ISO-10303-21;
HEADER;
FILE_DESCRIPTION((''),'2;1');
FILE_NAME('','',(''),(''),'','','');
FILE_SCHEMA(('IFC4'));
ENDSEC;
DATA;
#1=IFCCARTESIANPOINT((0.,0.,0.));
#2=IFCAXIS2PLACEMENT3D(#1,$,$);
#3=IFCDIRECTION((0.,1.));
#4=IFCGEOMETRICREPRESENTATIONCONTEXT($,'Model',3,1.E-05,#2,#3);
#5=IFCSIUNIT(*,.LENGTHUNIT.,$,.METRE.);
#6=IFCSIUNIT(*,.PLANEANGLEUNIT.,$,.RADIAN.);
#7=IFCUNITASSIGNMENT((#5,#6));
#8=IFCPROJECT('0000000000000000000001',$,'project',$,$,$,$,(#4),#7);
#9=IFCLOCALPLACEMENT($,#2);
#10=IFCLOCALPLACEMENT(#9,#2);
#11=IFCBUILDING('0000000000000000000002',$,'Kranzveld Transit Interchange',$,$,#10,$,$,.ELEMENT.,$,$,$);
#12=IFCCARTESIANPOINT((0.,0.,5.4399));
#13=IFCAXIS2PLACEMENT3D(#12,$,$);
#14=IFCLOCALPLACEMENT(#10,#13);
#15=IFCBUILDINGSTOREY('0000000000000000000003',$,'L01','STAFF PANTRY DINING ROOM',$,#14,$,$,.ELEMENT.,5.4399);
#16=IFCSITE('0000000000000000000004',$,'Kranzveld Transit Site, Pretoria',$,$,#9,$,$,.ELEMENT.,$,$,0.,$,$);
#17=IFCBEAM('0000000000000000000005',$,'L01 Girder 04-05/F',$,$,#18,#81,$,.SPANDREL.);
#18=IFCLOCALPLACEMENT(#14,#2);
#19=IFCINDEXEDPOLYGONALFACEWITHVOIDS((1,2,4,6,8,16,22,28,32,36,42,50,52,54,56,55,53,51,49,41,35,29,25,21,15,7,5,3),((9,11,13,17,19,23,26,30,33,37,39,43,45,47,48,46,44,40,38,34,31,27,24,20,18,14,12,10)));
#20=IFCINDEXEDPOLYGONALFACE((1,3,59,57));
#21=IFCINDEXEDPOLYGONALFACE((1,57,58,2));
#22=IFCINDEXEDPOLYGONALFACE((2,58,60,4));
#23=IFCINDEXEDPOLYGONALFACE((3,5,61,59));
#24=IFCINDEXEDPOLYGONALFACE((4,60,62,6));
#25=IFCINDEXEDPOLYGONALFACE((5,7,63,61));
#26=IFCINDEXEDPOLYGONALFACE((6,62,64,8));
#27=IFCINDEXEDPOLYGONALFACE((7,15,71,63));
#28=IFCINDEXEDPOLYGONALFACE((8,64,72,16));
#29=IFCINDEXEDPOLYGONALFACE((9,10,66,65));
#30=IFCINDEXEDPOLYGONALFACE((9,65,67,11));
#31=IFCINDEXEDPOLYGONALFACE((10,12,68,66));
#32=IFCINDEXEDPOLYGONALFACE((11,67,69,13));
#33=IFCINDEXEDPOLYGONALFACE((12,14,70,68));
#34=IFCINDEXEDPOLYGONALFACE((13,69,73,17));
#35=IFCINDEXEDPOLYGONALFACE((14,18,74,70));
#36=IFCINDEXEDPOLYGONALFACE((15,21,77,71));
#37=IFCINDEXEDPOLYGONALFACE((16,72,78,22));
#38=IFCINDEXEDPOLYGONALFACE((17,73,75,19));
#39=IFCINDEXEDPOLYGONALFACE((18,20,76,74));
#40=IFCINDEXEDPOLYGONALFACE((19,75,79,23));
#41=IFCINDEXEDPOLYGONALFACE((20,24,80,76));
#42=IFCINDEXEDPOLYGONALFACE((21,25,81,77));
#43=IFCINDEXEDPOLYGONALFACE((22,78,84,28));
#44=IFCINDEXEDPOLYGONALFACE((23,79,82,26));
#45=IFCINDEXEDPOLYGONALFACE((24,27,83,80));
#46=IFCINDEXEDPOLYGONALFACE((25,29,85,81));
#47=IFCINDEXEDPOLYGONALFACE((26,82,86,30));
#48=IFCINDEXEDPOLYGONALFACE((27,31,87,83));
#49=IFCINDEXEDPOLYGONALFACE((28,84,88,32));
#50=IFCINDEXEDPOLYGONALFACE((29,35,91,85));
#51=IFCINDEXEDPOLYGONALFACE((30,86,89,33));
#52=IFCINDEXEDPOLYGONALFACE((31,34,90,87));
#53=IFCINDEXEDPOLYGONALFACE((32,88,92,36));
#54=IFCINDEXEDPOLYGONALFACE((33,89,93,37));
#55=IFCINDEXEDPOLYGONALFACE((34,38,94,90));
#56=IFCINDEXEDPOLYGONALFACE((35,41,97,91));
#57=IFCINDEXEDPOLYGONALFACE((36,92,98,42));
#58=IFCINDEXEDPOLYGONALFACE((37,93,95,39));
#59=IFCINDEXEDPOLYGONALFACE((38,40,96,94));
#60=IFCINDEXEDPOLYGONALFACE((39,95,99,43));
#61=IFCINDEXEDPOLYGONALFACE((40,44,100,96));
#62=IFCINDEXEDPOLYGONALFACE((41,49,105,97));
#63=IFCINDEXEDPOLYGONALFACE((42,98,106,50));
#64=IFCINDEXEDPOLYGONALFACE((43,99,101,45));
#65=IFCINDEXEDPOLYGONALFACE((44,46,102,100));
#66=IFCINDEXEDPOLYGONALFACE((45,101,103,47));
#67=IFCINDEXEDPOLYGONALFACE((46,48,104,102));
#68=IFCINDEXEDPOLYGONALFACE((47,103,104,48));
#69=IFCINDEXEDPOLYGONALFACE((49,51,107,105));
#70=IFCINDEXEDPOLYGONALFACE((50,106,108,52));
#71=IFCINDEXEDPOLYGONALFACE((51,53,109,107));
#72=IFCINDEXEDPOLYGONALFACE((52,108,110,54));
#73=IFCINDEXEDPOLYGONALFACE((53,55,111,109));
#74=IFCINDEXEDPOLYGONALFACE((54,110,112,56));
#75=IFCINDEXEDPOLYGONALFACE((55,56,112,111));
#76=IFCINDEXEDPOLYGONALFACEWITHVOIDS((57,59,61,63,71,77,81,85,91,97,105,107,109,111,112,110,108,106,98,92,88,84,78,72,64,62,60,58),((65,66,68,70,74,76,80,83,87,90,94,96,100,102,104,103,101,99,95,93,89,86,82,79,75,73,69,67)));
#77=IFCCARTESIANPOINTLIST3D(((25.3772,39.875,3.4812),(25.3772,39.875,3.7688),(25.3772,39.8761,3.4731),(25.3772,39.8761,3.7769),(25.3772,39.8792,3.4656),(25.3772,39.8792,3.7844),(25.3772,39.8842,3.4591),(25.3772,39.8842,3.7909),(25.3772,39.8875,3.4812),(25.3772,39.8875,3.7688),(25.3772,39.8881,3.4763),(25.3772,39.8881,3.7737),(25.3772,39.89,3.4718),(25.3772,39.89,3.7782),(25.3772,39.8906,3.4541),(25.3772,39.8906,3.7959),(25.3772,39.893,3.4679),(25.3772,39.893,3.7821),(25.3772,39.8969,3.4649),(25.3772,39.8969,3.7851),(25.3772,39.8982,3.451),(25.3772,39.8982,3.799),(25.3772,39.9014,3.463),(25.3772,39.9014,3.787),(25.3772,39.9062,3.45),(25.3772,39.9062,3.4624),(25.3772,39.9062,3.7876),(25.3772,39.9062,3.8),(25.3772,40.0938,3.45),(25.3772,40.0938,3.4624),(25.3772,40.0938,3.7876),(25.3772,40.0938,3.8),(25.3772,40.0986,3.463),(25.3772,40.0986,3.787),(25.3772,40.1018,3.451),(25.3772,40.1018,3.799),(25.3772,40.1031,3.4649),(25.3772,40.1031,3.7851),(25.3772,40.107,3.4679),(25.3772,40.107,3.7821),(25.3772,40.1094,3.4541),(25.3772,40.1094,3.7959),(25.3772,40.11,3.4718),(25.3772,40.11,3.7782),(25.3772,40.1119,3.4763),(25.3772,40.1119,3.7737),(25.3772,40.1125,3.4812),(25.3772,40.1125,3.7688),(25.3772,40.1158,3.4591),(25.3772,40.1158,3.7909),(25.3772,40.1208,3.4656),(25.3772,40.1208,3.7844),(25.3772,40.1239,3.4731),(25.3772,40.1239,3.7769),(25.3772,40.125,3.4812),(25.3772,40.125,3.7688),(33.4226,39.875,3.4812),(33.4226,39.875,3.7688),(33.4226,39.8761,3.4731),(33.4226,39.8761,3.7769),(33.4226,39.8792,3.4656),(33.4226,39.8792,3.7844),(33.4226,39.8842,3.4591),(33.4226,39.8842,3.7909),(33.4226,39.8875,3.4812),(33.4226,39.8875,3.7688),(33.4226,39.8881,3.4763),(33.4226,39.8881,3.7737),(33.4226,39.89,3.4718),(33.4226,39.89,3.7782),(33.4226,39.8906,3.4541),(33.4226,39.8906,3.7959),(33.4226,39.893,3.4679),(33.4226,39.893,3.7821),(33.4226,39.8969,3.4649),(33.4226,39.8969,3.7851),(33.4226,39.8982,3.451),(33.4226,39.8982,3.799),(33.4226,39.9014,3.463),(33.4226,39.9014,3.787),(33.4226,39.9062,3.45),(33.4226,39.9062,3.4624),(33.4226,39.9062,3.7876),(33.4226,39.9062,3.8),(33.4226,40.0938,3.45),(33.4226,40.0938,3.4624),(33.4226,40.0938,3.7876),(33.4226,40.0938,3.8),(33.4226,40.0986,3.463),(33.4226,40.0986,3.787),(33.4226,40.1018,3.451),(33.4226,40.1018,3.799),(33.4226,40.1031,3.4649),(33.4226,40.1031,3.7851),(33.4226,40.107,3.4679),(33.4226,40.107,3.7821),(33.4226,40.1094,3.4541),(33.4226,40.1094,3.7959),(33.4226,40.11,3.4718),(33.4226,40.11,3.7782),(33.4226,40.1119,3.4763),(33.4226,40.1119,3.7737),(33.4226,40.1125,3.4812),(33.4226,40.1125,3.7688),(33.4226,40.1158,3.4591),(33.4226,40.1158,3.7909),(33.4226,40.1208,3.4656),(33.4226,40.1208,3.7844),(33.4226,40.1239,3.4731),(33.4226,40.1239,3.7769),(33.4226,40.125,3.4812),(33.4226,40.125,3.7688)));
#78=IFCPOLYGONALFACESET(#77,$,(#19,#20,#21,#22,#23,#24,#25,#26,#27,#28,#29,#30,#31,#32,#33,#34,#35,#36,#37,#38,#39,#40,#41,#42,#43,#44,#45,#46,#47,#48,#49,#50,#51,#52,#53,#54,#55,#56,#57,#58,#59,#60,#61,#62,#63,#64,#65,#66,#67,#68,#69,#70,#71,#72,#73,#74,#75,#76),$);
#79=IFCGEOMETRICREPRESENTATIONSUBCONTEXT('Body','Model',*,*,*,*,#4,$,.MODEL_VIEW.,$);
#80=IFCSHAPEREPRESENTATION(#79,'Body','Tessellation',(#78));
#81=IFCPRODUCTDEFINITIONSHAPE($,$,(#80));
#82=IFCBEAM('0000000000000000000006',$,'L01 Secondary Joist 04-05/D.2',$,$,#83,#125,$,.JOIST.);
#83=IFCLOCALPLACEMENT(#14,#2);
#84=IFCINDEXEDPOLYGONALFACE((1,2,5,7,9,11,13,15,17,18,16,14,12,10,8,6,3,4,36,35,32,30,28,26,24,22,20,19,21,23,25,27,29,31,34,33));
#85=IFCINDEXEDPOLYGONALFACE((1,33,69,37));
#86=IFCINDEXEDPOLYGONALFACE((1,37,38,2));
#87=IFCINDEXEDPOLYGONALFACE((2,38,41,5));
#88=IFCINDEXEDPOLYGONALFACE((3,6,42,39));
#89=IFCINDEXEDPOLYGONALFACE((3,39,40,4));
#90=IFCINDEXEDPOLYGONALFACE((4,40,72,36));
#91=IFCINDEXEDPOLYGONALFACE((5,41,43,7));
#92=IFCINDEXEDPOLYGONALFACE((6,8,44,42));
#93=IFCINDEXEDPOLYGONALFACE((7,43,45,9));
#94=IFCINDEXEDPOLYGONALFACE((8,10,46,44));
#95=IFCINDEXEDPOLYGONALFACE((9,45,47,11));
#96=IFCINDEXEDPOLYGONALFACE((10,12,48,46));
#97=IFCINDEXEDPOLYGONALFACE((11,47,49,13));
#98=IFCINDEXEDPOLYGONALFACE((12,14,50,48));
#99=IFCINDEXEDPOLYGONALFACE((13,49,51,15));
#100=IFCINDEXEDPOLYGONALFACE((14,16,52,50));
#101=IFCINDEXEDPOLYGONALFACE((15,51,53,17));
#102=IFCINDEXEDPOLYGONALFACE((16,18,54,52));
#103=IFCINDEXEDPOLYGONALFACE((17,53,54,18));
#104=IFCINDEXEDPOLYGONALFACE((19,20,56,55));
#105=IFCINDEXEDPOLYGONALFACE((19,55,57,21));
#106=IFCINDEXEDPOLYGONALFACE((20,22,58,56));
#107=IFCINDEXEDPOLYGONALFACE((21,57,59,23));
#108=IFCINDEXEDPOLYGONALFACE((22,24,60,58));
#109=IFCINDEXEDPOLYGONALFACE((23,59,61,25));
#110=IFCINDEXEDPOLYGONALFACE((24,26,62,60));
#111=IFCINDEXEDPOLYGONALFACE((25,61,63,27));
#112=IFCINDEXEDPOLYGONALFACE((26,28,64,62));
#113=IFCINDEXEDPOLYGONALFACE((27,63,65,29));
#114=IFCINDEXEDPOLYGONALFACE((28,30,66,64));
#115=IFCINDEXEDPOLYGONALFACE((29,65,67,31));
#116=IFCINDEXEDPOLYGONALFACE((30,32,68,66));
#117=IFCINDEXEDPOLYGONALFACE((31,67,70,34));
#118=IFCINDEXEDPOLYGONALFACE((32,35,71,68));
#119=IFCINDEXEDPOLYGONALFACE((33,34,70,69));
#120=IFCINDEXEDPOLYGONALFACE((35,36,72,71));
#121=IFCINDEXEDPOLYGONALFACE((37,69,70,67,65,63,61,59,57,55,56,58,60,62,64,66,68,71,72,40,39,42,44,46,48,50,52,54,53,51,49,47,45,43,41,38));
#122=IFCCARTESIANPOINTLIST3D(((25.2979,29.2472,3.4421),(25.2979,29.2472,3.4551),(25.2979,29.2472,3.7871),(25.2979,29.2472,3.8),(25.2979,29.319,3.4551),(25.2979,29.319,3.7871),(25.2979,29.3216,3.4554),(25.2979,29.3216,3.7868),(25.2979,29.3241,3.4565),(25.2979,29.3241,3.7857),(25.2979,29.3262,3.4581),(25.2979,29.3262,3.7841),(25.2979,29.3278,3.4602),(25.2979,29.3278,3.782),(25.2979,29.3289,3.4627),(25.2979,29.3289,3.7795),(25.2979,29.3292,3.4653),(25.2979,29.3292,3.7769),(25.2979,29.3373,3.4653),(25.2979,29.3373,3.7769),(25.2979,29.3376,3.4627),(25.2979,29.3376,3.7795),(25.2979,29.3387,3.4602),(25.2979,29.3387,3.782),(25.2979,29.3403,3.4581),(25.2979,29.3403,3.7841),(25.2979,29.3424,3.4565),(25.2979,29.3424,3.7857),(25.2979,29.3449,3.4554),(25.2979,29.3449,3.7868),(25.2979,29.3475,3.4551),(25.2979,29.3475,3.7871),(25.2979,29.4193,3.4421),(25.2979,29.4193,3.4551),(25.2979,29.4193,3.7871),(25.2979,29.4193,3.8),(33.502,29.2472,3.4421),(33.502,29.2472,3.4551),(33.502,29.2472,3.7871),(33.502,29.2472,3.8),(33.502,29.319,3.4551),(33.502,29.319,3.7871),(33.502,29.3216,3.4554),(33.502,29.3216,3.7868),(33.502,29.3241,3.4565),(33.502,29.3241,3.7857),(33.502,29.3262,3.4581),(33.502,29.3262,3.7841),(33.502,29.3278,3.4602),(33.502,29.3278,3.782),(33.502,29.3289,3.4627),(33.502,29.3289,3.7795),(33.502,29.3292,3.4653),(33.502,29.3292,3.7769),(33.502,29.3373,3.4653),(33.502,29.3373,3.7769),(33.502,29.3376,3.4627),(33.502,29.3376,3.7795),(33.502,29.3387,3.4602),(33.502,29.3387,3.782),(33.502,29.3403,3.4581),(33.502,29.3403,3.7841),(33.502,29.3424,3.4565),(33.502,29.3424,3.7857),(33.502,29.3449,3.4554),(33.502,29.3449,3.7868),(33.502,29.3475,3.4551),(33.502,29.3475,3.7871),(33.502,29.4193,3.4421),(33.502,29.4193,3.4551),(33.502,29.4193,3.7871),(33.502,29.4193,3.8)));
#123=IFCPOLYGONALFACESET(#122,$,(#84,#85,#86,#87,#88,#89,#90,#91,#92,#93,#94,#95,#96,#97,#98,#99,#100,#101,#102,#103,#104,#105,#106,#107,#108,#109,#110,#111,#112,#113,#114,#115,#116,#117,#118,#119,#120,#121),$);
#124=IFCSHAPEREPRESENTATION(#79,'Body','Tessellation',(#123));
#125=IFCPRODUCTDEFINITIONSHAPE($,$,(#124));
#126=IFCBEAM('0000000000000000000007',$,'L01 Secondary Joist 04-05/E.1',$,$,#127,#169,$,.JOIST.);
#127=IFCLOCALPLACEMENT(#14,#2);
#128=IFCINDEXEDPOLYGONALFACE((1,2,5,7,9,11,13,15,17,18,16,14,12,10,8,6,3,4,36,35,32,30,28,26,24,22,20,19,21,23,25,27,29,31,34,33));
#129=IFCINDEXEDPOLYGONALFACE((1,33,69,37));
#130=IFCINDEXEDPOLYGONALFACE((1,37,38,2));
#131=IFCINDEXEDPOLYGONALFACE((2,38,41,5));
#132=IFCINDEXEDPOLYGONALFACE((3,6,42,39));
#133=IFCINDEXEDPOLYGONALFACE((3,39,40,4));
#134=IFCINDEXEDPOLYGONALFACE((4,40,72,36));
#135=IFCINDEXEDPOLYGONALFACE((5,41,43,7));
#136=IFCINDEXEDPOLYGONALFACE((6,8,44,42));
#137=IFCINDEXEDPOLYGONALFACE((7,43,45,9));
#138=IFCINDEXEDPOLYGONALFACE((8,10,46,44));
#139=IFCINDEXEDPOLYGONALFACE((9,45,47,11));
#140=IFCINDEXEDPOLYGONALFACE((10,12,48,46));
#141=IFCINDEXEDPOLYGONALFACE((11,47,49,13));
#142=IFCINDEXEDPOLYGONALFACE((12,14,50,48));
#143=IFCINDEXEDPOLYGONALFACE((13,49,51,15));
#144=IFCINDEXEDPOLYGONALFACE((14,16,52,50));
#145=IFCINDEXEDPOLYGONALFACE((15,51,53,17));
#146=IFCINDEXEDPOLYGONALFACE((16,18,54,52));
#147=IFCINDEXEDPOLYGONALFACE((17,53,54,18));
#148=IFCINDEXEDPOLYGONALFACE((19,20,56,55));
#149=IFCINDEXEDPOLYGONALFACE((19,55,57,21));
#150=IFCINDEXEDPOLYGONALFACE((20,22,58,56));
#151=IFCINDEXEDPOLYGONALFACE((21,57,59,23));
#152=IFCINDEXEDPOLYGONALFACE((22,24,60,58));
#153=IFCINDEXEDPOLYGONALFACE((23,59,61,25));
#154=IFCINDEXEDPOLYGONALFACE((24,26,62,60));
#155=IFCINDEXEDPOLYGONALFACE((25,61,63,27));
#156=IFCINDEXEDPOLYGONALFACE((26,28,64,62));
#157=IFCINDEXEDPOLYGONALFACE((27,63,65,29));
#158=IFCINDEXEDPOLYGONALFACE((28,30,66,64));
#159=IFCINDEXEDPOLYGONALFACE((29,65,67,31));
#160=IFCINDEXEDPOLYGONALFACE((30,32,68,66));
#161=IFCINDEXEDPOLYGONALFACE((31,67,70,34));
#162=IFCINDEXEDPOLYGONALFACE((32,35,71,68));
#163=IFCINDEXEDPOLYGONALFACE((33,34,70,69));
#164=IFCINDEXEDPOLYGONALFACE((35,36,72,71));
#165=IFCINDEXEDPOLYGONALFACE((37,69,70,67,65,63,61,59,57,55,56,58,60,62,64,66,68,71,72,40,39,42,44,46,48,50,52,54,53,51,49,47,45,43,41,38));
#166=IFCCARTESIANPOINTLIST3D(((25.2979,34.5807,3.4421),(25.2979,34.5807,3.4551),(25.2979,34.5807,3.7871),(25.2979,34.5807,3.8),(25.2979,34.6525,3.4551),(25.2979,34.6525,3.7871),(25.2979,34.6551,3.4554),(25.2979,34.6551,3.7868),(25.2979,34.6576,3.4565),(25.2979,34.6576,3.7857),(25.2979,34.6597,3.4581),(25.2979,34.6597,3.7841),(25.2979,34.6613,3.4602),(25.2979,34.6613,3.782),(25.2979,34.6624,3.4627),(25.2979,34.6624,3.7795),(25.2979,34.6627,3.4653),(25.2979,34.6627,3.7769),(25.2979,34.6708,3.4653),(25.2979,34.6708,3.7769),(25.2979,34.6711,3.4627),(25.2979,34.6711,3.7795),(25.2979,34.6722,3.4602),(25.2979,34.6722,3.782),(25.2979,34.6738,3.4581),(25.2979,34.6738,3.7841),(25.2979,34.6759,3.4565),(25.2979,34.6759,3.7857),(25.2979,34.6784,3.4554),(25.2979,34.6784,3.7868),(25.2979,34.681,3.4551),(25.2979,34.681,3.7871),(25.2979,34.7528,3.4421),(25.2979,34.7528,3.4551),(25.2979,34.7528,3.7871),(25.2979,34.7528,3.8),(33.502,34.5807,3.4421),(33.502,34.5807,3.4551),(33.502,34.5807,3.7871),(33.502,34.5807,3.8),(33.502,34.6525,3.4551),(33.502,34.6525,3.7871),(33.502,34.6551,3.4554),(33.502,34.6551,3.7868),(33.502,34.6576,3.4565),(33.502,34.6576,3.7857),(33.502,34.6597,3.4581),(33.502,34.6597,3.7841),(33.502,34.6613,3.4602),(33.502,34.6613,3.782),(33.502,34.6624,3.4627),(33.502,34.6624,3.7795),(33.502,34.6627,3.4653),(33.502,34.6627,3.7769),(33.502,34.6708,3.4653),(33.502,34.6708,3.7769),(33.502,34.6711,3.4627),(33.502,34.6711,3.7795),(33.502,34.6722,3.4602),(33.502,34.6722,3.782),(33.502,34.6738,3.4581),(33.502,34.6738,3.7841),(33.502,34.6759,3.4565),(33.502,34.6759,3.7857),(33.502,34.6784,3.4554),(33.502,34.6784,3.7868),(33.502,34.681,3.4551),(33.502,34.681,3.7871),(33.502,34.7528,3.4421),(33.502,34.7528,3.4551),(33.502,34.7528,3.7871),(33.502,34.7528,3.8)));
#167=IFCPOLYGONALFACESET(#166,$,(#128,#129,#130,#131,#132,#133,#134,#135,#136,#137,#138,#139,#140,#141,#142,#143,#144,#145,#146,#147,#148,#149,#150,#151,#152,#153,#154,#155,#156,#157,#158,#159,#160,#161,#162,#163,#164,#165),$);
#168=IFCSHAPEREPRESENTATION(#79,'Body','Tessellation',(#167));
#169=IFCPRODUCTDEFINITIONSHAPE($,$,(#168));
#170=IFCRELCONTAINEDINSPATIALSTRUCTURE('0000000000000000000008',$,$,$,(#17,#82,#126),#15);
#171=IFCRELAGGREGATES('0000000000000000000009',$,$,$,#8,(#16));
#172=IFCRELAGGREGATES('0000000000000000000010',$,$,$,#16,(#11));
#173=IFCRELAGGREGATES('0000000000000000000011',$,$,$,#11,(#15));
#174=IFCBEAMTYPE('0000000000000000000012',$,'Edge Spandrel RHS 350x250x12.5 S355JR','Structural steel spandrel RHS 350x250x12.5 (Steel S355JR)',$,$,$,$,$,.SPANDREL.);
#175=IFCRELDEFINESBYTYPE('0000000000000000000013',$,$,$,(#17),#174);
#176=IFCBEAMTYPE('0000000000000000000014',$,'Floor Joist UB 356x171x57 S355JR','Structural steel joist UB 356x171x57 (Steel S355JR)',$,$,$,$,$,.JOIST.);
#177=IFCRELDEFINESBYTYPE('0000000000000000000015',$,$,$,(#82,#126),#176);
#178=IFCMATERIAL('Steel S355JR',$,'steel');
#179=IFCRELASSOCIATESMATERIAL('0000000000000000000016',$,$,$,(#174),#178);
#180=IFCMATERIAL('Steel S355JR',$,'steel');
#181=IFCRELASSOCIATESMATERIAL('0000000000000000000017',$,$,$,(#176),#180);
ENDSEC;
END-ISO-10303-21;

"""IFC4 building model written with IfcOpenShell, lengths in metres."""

from ifc_helpers import new_model, si_unit, direction, frame, origin, origin_2d, place, context, subcontext, project, spatial, hollow_rectangle, i_section, extrude, material, material_profile, profile_set, type_object, element, save


model = new_model("IFC4")

# Units and contexts
model_context = context("Model", 3, precision=1e-05, world=origin(), true_north=direction((0.0, 1.0)))
body_context = subcontext(model_context, "Body", "Model", "MODEL_VIEW")
ifc_project = project(units=[si_unit("LENGTHUNIT", "METRE"), si_unit("PLANEANGLEUNIT", "RADIAN")], contexts=[model_context])

# Site, building, storey
site_placement = place(None, origin())
site = spatial("IfcSite", under=ifc_project, at=site_placement, Name="Kranzveld Transit Site, Pretoria", CompositionType="ELEMENT", RefElevation=0.0)
building_placement = place(site_placement, origin())
building = spatial("IfcBuilding", under=site, at=building_placement, Name="Kranzveld Transit Interchange", CompositionType="ELEMENT")
storey_placement = place(building_placement, frame((0.0, 0.0, 5.4399)))
storey = spatial("IfcBuildingStorey", under=building, at=storey_placement, Name="L01", Description="STAFF PANTRY DINING ROOM", CompositionType="ELEMENT", Elevation=5.4399)

# Beams
ifc_material_1 = material(Name="Steel S355JR", Category="steel")
ifc_material_profile_1 = material_profile(ifc_material_1, hollow_rectangle(XDim=0.25, YDim=0.3501, WallThickness=0.0125, InnerFilletRadius=0.0188, OuterFilletRadius=0.0312, at=origin_2d()), Name="RHS 350x250x12.5")
ifc_profile_set_1 = profile_set([ifc_material_profile_1], Name="Steel S355JR")
beam_type_1 = type_object("IfcBeamType", Name="Edge Spandrel RHS 350x250x12.5 S355JR", Description="Structural steel spandrel RHS 350x250x12.5 (Steel S355JR)", PredefinedType="SPANDREL", material=ifc_profile_set_1)
for number, where, z_axis, x_axis, name in (
    (1, (25.3772, 40.0, 3.625), (1.0, 0.0, 0.0), (0.0, 1.0, 0.0), "L01 Girder 04-05/F"),
):
    element("IfcBeam", number, at=place(storey_placement, frame(where, z_axis=z_axis, x_axis=x_axis)), inside=storey, type_object=beam_type_1, Name=name, PredefinedType="SPANDREL", context=body_context, shape_type="SweptSolid", body=[
        extrude(hollow_rectangle(XDim=0.25, YDim=0.3501, WallThickness=0.0125, InnerFilletRadius=0.0188, OuterFilletRadius=0.0312, at=origin_2d()), origin(), (0.0, 0.0, 1.0), 8.0454),
    ])
ifc_material_2 = material(Name="Steel S355JR", Category="steel")
ifc_material_profile_2 = material_profile(ifc_material_2, i_section(OverallWidth=0.1721, OverallDepth=0.3579, WebThickness=0.0081, FlangeThickness=0.0129, FilletRadius=0.0103, at=origin_2d()), Name="UB 356x171x57")
ifc_profile_set_2 = profile_set([ifc_material_profile_2], Name="Steel S355JR")
beam_type_2 = type_object("IfcBeamType", Name="Floor Joist UB 356x171x57 S355JR", Description="Structural steel joist UB 356x171x57 (Steel S355JR)", PredefinedType="JOIST", material=ifc_profile_set_2)
for number, where, z_axis, x_axis, name in (
    (2, (25.2979, 29.3333, 3.6211), (1.0, 0.0, 0.0), (0.0, 1.0, 0.0), "L01 Secondary Joist 04-05/D.2"),
    (3, (25.2979, 34.6667, 3.6211), (1.0, 0.0, 0.0), (0.0, 1.0, 0.0), "L01 Secondary Joist 04-05/E.1"),
):
    element("IfcBeam", number, at=place(storey_placement, frame(where, z_axis=z_axis, x_axis=x_axis)), inside=storey, type_object=beam_type_2, Name=name, PredefinedType="JOIST", context=body_context, shape_type="SweptSolid", body=[
        extrude(i_section(OverallWidth=0.1721, OverallDepth=0.3579, WebThickness=0.0081, FlangeThickness=0.0129, FilletRadius=0.0103, at=origin_2d()), origin(), (0.0, 0.0, 1.0), 8.2041),
    ])

save(model, "model.ifc")
